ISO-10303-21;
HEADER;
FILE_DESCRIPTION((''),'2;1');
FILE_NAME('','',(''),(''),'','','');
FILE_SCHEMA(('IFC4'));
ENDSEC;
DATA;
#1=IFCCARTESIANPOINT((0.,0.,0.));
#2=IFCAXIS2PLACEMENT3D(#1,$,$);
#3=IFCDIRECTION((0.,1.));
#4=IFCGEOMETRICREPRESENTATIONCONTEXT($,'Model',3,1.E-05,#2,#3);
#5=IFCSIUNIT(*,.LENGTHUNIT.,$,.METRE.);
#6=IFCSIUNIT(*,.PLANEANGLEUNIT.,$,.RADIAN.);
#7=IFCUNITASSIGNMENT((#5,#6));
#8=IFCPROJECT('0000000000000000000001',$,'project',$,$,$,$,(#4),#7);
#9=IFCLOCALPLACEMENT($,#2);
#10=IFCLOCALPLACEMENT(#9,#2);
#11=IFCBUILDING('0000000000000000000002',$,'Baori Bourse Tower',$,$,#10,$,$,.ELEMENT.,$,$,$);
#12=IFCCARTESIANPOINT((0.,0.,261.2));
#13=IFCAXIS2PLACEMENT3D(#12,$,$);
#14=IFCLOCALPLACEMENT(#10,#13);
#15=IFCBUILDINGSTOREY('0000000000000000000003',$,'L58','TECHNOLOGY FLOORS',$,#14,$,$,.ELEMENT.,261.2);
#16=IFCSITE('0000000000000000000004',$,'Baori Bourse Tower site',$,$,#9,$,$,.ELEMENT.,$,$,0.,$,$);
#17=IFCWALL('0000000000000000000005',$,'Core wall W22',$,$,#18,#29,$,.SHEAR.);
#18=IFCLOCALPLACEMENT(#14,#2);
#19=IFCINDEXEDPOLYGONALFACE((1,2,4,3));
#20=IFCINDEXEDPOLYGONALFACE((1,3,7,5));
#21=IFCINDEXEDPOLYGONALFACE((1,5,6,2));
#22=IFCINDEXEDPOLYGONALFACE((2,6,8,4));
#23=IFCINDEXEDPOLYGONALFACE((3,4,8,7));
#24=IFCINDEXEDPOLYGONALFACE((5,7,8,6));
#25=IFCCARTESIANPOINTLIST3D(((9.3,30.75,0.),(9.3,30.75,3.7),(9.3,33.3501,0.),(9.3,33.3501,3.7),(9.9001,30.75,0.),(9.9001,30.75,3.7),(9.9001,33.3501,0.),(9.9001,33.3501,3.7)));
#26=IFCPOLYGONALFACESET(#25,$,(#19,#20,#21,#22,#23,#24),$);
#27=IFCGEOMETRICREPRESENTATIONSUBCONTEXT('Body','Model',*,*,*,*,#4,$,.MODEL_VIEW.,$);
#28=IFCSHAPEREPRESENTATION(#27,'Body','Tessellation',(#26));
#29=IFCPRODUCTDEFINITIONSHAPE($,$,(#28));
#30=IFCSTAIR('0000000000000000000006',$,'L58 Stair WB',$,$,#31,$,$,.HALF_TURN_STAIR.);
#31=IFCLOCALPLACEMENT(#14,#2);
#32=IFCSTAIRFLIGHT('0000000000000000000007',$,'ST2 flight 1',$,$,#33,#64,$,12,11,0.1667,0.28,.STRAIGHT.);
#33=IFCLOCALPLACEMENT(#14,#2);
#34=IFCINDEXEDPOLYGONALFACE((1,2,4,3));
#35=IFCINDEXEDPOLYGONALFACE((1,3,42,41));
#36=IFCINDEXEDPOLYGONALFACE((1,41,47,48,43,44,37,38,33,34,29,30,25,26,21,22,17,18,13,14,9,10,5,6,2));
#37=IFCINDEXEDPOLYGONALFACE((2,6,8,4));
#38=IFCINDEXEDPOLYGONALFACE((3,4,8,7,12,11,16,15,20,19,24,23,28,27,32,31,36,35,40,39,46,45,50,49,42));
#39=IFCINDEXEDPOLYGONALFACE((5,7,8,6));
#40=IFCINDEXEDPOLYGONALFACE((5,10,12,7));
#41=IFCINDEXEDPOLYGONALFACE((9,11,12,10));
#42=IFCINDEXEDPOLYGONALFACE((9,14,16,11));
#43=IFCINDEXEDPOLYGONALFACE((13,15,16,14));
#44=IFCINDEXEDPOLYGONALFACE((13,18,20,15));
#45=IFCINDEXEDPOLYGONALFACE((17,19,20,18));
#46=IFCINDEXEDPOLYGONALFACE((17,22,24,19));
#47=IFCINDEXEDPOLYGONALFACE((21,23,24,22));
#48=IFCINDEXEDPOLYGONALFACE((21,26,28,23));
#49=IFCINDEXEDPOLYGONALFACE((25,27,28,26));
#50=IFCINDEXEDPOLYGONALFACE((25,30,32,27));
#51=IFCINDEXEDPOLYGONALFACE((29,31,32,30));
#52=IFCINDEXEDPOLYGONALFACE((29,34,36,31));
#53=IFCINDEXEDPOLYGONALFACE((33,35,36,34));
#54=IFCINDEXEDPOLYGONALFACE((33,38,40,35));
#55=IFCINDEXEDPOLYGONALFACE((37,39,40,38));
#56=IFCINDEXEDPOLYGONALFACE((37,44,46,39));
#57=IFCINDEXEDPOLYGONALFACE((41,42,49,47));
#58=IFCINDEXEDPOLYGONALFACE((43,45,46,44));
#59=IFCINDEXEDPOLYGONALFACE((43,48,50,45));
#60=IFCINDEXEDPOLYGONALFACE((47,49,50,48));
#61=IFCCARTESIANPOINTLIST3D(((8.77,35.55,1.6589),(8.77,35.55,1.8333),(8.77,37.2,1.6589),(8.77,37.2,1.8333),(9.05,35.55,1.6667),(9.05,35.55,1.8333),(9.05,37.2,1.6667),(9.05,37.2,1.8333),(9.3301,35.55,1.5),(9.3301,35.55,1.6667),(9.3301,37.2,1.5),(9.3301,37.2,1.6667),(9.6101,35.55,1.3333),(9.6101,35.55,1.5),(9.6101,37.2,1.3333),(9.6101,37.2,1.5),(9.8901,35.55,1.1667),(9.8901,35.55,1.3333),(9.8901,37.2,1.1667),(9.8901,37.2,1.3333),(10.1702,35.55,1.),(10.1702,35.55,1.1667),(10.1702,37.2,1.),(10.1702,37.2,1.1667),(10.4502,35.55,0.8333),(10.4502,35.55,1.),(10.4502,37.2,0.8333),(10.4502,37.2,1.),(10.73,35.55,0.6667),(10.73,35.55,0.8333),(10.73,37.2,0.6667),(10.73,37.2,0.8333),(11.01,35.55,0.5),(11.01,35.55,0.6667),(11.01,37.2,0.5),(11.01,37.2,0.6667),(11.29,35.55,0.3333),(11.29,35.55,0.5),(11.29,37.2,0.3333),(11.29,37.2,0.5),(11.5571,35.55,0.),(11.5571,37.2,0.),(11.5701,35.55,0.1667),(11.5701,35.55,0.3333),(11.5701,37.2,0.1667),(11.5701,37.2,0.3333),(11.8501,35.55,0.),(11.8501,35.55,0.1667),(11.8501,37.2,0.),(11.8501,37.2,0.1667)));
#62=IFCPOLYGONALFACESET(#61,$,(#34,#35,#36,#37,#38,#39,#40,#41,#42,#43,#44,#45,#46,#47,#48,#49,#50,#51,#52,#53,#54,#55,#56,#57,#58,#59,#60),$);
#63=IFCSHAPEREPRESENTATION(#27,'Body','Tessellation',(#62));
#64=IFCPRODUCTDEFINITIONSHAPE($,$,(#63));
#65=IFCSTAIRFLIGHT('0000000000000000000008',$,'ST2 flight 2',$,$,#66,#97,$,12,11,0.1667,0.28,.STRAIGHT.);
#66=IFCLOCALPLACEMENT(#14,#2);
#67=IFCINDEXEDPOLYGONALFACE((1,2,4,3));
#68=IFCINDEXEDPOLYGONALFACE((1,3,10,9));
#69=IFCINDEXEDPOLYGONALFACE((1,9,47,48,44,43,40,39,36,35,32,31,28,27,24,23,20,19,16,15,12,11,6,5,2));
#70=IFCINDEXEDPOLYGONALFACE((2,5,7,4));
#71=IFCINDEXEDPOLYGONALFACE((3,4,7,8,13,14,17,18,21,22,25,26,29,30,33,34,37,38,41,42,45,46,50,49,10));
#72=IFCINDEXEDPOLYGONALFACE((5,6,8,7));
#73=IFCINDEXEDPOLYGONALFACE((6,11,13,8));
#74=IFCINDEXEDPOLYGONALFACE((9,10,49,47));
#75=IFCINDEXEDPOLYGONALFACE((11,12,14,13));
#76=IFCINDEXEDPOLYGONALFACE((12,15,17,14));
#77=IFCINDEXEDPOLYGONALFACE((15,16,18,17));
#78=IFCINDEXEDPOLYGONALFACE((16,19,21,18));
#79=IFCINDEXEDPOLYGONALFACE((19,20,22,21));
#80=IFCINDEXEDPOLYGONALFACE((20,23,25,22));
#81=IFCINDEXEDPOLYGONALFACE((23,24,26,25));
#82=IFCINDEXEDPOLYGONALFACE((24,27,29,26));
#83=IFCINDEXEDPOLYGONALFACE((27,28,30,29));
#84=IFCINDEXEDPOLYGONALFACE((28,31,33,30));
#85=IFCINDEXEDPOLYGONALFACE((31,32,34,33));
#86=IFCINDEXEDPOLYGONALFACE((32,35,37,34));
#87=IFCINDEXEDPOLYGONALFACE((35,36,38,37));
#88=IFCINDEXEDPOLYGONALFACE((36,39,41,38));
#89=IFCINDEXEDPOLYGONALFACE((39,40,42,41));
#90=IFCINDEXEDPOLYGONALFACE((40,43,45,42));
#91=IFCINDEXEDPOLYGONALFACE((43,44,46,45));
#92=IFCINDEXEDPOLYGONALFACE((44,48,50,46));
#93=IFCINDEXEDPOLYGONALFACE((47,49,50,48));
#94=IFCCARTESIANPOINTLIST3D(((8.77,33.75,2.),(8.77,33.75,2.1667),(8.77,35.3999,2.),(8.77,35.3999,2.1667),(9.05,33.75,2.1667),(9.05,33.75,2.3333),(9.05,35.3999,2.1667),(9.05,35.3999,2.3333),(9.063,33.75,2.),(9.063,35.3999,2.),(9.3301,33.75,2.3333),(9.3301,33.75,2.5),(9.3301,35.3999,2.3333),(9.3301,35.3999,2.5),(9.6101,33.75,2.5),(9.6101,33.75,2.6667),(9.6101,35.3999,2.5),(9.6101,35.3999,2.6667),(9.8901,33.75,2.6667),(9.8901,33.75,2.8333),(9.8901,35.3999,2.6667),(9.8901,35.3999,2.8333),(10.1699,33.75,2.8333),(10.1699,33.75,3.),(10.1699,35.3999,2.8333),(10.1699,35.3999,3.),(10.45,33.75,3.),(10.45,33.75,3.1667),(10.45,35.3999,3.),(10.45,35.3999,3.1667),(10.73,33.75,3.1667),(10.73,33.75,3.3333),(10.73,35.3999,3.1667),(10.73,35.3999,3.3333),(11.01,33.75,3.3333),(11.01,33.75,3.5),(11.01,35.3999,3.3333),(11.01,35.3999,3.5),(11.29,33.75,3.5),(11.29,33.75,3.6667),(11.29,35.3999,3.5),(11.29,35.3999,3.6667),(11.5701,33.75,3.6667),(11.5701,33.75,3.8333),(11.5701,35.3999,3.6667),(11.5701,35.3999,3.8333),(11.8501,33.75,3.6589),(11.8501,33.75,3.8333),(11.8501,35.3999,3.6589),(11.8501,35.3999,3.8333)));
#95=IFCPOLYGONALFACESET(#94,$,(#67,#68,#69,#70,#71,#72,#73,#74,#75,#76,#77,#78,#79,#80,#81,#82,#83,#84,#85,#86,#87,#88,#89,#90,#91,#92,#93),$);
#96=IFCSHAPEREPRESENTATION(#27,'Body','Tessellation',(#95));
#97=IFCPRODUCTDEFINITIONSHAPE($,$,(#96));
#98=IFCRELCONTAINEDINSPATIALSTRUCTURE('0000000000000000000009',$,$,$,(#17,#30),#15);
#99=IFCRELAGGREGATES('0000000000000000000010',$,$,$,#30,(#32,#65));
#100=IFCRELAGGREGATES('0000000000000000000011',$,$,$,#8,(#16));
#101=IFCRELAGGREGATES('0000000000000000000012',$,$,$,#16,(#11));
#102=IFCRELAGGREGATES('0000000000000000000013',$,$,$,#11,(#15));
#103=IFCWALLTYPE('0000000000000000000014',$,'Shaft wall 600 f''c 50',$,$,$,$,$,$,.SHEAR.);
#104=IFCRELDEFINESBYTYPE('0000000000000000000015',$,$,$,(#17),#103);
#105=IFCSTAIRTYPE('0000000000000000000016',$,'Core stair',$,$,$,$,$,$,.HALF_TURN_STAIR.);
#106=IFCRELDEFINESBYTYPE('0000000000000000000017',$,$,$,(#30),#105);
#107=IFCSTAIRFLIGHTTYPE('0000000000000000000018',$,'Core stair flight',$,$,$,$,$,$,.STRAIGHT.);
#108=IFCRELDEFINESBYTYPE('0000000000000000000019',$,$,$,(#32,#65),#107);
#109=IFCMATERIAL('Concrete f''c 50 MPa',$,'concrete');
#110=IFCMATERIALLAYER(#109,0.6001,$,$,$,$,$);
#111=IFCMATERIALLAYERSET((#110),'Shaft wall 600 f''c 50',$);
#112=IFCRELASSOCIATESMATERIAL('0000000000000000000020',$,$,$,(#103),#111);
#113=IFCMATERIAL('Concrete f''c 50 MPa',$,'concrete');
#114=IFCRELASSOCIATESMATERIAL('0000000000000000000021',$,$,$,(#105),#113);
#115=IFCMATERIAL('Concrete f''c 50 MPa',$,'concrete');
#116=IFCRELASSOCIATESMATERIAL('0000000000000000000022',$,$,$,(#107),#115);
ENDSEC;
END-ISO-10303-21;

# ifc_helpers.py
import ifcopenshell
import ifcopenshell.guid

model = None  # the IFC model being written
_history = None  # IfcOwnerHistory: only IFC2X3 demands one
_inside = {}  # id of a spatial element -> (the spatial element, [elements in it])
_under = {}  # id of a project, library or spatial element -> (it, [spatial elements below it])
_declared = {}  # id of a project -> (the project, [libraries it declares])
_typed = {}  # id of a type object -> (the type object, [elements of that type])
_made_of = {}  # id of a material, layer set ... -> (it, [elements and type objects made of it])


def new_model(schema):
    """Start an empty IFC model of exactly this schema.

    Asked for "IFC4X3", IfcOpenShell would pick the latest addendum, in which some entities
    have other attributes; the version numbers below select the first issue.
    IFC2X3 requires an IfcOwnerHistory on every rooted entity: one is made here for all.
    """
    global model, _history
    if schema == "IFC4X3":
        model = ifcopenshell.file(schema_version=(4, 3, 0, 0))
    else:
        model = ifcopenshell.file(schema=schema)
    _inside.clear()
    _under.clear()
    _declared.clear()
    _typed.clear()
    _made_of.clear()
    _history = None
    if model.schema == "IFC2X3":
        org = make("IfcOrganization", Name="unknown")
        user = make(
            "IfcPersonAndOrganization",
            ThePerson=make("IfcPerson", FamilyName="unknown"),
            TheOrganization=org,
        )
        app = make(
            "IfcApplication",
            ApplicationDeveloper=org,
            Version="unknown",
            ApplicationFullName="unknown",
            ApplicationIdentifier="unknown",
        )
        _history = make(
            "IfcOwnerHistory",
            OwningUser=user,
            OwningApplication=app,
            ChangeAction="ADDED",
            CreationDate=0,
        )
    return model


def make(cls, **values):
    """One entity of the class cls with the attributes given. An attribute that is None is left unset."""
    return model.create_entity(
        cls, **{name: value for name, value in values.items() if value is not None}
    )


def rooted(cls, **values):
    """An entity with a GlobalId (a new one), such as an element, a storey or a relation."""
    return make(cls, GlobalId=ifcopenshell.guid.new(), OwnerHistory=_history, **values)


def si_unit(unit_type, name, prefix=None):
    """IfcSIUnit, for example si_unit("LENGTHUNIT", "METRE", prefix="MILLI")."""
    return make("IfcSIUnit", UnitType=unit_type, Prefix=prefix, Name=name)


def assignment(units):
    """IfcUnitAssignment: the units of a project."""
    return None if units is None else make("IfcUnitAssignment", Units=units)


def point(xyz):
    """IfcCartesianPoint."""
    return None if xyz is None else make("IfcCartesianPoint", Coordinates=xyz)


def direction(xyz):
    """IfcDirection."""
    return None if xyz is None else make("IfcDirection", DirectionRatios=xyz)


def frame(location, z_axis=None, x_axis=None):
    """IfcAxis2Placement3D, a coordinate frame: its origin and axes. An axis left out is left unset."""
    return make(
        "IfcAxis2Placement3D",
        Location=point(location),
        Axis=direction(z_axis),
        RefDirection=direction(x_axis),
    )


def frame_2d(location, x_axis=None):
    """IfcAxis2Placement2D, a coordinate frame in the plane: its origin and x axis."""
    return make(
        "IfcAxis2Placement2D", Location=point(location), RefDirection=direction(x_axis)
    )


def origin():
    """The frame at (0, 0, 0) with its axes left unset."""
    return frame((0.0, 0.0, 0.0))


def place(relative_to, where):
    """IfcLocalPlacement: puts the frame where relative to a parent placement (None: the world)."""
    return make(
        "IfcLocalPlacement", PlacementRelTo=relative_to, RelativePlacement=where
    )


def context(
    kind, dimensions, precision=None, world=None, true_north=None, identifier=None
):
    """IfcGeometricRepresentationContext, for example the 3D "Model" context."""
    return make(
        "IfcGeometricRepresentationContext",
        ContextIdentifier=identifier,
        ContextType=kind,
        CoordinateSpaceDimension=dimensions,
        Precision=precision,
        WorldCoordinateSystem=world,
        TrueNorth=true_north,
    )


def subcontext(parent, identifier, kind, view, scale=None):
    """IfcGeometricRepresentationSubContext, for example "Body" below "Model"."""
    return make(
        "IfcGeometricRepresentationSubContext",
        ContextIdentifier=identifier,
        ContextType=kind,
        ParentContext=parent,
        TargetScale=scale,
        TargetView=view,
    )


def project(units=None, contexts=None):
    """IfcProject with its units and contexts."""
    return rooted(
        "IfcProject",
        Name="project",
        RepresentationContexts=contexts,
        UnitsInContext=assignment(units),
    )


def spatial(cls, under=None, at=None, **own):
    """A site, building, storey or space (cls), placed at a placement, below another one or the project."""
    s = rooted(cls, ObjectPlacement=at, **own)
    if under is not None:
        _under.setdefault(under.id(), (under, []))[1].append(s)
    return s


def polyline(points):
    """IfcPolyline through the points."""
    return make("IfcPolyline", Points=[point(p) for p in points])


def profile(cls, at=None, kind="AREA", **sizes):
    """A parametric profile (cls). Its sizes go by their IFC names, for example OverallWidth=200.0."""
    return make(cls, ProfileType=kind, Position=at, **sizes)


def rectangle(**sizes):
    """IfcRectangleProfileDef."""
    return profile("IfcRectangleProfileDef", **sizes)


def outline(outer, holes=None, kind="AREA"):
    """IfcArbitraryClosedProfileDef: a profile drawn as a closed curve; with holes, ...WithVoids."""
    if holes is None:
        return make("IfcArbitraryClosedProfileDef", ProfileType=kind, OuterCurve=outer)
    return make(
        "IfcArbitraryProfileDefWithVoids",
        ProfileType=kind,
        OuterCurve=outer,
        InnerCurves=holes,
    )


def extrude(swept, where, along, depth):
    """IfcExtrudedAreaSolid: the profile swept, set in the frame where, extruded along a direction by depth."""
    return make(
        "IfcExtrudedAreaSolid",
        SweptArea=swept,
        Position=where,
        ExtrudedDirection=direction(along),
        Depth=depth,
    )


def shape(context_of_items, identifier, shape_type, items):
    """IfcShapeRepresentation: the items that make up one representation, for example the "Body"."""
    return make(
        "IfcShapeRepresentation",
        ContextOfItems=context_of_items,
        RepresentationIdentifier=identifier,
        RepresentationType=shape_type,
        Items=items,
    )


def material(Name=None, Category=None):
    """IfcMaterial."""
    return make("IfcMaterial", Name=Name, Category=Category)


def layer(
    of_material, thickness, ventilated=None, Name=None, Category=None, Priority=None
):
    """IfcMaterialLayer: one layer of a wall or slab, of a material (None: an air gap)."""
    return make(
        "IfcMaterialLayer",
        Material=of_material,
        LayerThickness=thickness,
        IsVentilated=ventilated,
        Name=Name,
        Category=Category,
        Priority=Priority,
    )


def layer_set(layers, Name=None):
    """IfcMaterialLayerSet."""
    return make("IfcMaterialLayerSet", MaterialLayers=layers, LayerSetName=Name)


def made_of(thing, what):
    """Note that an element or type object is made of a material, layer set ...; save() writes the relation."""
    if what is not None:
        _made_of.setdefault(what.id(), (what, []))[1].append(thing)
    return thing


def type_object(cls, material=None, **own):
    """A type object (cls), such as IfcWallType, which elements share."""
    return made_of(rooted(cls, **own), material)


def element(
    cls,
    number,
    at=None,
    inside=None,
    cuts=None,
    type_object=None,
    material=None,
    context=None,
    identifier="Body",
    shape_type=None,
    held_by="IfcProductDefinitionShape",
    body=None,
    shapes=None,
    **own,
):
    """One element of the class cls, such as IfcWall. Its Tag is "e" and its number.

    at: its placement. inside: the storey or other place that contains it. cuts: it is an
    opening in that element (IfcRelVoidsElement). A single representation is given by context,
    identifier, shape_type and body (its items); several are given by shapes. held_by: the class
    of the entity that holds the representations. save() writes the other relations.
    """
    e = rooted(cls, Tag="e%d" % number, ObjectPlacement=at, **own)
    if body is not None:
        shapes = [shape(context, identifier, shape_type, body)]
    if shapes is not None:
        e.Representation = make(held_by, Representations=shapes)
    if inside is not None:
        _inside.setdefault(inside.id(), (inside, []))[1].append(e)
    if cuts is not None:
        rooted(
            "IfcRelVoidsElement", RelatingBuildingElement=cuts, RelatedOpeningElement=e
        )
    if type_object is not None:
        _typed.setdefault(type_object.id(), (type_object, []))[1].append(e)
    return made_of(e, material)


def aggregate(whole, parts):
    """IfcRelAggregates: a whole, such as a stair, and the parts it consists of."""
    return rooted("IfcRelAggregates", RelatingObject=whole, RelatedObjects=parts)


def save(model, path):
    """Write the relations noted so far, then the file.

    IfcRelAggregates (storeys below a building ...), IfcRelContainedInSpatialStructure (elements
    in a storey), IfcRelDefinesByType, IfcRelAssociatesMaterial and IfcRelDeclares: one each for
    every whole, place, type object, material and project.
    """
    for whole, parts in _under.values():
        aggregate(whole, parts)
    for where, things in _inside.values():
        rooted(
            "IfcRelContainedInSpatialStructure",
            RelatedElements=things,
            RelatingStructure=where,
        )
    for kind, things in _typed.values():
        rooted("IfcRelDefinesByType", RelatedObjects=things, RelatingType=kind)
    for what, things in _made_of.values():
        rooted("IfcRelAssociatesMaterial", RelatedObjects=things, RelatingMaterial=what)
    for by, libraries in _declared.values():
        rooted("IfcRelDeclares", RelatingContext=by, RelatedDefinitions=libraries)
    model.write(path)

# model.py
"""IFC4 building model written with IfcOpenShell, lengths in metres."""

from ifc_helpers import new_model, si_unit, direction, frame, frame_2d, origin, place, context, subcontext, project, spatial, polyline, rectangle, outline, extrude, material, layer, layer_set, type_object, element, aggregate, save


model = new_model("IFC4")

# Units and contexts
model_context = context("Model", 3, precision=1e-05, world=origin(), true_north=direction((0.0, 1.0)))
body_context = subcontext(model_context, "Body", "Model", "MODEL_VIEW")
ifc_project = project(units=[si_unit("LENGTHUNIT", "METRE"), si_unit("PLANEANGLEUNIT", "RADIAN")], contexts=[model_context])

# Site, building, storey
site_placement = place(None, origin())
site = spatial("IfcSite", under=ifc_project, at=site_placement, Name="Baori Bourse Tower site", CompositionType="ELEMENT", RefElevation=0.0)
building_placement = place(site_placement, origin())
building = spatial("IfcBuilding", under=site, at=building_placement, Name="Baori Bourse Tower", CompositionType="ELEMENT")
storey_placement = place(building_placement, frame((0.0, 0.0, 261.2)))
storey = spatial("IfcBuildingStorey", under=building, at=storey_placement, Name="L58", Description="TECHNOLOGY FLOORS", CompositionType="ELEMENT", Elevation=261.2)

# Wall
ifc_material_1 = material(Name="Concrete f'c 50 MPa", Category="concrete")
ifc_layer_1 = layer(ifc_material_1, 0.6001)
ifc_layer_set_1 = layer_set([ifc_layer_1], Name="Shaft wall 600 f'c 50")
wall_type_1 = type_object("IfcWallType", Name="Shaft wall 600 f'c 50", PredefinedType="SHEAR", material=ifc_layer_set_1)
wall_1_placement = place(storey_placement, frame((9.6001, 30.75, 0.0), z_axis=(0.0, 0.0, 1.0), x_axis=(0.0, 1.0, 0.0)))
element("IfcWall", 1, at=wall_1_placement, inside=storey, type_object=wall_type_1, Name="Core wall W22", PredefinedType="SHEAR", context=body_context, shape_type="SweptSolid", body=[
    extrude(rectangle(XDim=2.6001, YDim=0.6001, at=frame_2d((1.3, 0.0))), origin(), (0.0, 0.0, 1.0), 3.7),
])

# Stair, stair flights
ifc_material_2 = material(Name="Concrete f'c 50 MPa", Category="concrete")
stair_type = type_object("IfcStairType", Name="Core stair", PredefinedType="HALF_TURN_STAIR", material=ifc_material_2)
stair_placement = place(storey_placement, origin())
stair = element("IfcStair", 2, at=stair_placement, inside=storey, type_object=stair_type, Name="L58 Stair WB", PredefinedType="HALF_TURN_STAIR")
ifc_material_3 = material(Name="Concrete f'c 50 MPa", Category="concrete")
stair_flight_type = type_object("IfcStairFlightType", Name="Core stair flight", PredefinedType="STRAIGHT", material=ifc_material_3)
stair_flight_1_placement = place(storey_placement, frame((11.8501, 36.375, 0.0), z_axis=(0.0, 0.0, 1.0), x_axis=(-1.0, 0.0, 0.0)))
stair_flight_1 = element("IfcStairFlight", 3, at=stair_flight_1_placement, type_object=stair_flight_type, Name="ST2 flight 1", NumberOfRisers=12, NumberOfTreads=11, PredefinedType="STRAIGHT", RiserHeight=0.1667, TreadLength=0.28, context=body_context, shape_type="SweptSolid", body=[
    extrude(outline(polyline([(0.0, 0.0), (0.0, 0.1667), (0.28, 0.1667), (0.28, 0.3333), (0.5601, 0.3333), (0.5601, 0.5), (0.8401, 0.5), (0.8401, 0.6667), (1.1201, 0.6667), (1.1201, 0.8333), (1.3999, 0.8333), (1.3999, 1.0), (1.6799, 1.0), (1.6799, 1.1667), (1.96, 1.1667), (1.96, 1.3333), (2.24, 1.3333), (2.24, 1.5), (2.52, 1.5), (2.52, 1.6667), (2.8, 1.6667), (2.8, 1.8333), (3.0801, 1.8333), (3.0801, 2.0), (3.0801, 1.6589), (0.293, 0.0), (0.0, 0.0)])), frame((0.0, 0.825, 0.0), z_axis=(0.0, -1.0, 0.0), x_axis=(1.0, 0.0, 0.0)), (0.0, 0.0, 1.0), 1.6499),
])
stair_flight_2_placement = place(storey_placement, frame((8.77, 34.575, 2.0), z_axis=(0.0, 0.0, 1.0), x_axis=(1.0, 0.0, 0.0)))
stair_flight_2 = element("IfcStairFlight", 4, at=stair_flight_2_placement, type_object=stair_flight_type, Name="ST2 flight 2", NumberOfRisers=12, NumberOfTreads=11, PredefinedType="STRAIGHT", RiserHeight=0.1667, TreadLength=0.28, context=body_context, shape_type="SweptSolid", body=[
    extrude(outline(polyline([(0.0, 0.0), (0.0, 0.1667), (0.28, 0.1667), (0.28, 0.3333), (0.5601, 0.3333), (0.5601, 0.5), (0.8401, 0.5), (0.8401, 0.6667), (1.1201, 0.6667), (1.1201, 0.8333), (1.3999, 0.8333), (1.3999, 1.0), (1.6799, 1.0), (1.6799, 1.1667), (1.96, 1.1667), (1.96, 1.3333), (2.24, 1.3333), (2.24, 1.5), (2.52, 1.5), (2.52, 1.6667), (2.8, 1.6667), (2.8, 1.8333), (3.0801, 1.8333), (3.0801, 2.0), (3.0801, 1.6589), (0.293, 0.0), (0.0, 0.0)])), frame((0.0, 0.825, 0.0), z_axis=(0.0, -1.0, 0.0), x_axis=(1.0, 0.0, 0.0)), (0.0, 0.0, 1.0), 1.6499),
])
aggregate(stair, [stair_flight_1, stair_flight_2])

save(model, "model.ifc")
